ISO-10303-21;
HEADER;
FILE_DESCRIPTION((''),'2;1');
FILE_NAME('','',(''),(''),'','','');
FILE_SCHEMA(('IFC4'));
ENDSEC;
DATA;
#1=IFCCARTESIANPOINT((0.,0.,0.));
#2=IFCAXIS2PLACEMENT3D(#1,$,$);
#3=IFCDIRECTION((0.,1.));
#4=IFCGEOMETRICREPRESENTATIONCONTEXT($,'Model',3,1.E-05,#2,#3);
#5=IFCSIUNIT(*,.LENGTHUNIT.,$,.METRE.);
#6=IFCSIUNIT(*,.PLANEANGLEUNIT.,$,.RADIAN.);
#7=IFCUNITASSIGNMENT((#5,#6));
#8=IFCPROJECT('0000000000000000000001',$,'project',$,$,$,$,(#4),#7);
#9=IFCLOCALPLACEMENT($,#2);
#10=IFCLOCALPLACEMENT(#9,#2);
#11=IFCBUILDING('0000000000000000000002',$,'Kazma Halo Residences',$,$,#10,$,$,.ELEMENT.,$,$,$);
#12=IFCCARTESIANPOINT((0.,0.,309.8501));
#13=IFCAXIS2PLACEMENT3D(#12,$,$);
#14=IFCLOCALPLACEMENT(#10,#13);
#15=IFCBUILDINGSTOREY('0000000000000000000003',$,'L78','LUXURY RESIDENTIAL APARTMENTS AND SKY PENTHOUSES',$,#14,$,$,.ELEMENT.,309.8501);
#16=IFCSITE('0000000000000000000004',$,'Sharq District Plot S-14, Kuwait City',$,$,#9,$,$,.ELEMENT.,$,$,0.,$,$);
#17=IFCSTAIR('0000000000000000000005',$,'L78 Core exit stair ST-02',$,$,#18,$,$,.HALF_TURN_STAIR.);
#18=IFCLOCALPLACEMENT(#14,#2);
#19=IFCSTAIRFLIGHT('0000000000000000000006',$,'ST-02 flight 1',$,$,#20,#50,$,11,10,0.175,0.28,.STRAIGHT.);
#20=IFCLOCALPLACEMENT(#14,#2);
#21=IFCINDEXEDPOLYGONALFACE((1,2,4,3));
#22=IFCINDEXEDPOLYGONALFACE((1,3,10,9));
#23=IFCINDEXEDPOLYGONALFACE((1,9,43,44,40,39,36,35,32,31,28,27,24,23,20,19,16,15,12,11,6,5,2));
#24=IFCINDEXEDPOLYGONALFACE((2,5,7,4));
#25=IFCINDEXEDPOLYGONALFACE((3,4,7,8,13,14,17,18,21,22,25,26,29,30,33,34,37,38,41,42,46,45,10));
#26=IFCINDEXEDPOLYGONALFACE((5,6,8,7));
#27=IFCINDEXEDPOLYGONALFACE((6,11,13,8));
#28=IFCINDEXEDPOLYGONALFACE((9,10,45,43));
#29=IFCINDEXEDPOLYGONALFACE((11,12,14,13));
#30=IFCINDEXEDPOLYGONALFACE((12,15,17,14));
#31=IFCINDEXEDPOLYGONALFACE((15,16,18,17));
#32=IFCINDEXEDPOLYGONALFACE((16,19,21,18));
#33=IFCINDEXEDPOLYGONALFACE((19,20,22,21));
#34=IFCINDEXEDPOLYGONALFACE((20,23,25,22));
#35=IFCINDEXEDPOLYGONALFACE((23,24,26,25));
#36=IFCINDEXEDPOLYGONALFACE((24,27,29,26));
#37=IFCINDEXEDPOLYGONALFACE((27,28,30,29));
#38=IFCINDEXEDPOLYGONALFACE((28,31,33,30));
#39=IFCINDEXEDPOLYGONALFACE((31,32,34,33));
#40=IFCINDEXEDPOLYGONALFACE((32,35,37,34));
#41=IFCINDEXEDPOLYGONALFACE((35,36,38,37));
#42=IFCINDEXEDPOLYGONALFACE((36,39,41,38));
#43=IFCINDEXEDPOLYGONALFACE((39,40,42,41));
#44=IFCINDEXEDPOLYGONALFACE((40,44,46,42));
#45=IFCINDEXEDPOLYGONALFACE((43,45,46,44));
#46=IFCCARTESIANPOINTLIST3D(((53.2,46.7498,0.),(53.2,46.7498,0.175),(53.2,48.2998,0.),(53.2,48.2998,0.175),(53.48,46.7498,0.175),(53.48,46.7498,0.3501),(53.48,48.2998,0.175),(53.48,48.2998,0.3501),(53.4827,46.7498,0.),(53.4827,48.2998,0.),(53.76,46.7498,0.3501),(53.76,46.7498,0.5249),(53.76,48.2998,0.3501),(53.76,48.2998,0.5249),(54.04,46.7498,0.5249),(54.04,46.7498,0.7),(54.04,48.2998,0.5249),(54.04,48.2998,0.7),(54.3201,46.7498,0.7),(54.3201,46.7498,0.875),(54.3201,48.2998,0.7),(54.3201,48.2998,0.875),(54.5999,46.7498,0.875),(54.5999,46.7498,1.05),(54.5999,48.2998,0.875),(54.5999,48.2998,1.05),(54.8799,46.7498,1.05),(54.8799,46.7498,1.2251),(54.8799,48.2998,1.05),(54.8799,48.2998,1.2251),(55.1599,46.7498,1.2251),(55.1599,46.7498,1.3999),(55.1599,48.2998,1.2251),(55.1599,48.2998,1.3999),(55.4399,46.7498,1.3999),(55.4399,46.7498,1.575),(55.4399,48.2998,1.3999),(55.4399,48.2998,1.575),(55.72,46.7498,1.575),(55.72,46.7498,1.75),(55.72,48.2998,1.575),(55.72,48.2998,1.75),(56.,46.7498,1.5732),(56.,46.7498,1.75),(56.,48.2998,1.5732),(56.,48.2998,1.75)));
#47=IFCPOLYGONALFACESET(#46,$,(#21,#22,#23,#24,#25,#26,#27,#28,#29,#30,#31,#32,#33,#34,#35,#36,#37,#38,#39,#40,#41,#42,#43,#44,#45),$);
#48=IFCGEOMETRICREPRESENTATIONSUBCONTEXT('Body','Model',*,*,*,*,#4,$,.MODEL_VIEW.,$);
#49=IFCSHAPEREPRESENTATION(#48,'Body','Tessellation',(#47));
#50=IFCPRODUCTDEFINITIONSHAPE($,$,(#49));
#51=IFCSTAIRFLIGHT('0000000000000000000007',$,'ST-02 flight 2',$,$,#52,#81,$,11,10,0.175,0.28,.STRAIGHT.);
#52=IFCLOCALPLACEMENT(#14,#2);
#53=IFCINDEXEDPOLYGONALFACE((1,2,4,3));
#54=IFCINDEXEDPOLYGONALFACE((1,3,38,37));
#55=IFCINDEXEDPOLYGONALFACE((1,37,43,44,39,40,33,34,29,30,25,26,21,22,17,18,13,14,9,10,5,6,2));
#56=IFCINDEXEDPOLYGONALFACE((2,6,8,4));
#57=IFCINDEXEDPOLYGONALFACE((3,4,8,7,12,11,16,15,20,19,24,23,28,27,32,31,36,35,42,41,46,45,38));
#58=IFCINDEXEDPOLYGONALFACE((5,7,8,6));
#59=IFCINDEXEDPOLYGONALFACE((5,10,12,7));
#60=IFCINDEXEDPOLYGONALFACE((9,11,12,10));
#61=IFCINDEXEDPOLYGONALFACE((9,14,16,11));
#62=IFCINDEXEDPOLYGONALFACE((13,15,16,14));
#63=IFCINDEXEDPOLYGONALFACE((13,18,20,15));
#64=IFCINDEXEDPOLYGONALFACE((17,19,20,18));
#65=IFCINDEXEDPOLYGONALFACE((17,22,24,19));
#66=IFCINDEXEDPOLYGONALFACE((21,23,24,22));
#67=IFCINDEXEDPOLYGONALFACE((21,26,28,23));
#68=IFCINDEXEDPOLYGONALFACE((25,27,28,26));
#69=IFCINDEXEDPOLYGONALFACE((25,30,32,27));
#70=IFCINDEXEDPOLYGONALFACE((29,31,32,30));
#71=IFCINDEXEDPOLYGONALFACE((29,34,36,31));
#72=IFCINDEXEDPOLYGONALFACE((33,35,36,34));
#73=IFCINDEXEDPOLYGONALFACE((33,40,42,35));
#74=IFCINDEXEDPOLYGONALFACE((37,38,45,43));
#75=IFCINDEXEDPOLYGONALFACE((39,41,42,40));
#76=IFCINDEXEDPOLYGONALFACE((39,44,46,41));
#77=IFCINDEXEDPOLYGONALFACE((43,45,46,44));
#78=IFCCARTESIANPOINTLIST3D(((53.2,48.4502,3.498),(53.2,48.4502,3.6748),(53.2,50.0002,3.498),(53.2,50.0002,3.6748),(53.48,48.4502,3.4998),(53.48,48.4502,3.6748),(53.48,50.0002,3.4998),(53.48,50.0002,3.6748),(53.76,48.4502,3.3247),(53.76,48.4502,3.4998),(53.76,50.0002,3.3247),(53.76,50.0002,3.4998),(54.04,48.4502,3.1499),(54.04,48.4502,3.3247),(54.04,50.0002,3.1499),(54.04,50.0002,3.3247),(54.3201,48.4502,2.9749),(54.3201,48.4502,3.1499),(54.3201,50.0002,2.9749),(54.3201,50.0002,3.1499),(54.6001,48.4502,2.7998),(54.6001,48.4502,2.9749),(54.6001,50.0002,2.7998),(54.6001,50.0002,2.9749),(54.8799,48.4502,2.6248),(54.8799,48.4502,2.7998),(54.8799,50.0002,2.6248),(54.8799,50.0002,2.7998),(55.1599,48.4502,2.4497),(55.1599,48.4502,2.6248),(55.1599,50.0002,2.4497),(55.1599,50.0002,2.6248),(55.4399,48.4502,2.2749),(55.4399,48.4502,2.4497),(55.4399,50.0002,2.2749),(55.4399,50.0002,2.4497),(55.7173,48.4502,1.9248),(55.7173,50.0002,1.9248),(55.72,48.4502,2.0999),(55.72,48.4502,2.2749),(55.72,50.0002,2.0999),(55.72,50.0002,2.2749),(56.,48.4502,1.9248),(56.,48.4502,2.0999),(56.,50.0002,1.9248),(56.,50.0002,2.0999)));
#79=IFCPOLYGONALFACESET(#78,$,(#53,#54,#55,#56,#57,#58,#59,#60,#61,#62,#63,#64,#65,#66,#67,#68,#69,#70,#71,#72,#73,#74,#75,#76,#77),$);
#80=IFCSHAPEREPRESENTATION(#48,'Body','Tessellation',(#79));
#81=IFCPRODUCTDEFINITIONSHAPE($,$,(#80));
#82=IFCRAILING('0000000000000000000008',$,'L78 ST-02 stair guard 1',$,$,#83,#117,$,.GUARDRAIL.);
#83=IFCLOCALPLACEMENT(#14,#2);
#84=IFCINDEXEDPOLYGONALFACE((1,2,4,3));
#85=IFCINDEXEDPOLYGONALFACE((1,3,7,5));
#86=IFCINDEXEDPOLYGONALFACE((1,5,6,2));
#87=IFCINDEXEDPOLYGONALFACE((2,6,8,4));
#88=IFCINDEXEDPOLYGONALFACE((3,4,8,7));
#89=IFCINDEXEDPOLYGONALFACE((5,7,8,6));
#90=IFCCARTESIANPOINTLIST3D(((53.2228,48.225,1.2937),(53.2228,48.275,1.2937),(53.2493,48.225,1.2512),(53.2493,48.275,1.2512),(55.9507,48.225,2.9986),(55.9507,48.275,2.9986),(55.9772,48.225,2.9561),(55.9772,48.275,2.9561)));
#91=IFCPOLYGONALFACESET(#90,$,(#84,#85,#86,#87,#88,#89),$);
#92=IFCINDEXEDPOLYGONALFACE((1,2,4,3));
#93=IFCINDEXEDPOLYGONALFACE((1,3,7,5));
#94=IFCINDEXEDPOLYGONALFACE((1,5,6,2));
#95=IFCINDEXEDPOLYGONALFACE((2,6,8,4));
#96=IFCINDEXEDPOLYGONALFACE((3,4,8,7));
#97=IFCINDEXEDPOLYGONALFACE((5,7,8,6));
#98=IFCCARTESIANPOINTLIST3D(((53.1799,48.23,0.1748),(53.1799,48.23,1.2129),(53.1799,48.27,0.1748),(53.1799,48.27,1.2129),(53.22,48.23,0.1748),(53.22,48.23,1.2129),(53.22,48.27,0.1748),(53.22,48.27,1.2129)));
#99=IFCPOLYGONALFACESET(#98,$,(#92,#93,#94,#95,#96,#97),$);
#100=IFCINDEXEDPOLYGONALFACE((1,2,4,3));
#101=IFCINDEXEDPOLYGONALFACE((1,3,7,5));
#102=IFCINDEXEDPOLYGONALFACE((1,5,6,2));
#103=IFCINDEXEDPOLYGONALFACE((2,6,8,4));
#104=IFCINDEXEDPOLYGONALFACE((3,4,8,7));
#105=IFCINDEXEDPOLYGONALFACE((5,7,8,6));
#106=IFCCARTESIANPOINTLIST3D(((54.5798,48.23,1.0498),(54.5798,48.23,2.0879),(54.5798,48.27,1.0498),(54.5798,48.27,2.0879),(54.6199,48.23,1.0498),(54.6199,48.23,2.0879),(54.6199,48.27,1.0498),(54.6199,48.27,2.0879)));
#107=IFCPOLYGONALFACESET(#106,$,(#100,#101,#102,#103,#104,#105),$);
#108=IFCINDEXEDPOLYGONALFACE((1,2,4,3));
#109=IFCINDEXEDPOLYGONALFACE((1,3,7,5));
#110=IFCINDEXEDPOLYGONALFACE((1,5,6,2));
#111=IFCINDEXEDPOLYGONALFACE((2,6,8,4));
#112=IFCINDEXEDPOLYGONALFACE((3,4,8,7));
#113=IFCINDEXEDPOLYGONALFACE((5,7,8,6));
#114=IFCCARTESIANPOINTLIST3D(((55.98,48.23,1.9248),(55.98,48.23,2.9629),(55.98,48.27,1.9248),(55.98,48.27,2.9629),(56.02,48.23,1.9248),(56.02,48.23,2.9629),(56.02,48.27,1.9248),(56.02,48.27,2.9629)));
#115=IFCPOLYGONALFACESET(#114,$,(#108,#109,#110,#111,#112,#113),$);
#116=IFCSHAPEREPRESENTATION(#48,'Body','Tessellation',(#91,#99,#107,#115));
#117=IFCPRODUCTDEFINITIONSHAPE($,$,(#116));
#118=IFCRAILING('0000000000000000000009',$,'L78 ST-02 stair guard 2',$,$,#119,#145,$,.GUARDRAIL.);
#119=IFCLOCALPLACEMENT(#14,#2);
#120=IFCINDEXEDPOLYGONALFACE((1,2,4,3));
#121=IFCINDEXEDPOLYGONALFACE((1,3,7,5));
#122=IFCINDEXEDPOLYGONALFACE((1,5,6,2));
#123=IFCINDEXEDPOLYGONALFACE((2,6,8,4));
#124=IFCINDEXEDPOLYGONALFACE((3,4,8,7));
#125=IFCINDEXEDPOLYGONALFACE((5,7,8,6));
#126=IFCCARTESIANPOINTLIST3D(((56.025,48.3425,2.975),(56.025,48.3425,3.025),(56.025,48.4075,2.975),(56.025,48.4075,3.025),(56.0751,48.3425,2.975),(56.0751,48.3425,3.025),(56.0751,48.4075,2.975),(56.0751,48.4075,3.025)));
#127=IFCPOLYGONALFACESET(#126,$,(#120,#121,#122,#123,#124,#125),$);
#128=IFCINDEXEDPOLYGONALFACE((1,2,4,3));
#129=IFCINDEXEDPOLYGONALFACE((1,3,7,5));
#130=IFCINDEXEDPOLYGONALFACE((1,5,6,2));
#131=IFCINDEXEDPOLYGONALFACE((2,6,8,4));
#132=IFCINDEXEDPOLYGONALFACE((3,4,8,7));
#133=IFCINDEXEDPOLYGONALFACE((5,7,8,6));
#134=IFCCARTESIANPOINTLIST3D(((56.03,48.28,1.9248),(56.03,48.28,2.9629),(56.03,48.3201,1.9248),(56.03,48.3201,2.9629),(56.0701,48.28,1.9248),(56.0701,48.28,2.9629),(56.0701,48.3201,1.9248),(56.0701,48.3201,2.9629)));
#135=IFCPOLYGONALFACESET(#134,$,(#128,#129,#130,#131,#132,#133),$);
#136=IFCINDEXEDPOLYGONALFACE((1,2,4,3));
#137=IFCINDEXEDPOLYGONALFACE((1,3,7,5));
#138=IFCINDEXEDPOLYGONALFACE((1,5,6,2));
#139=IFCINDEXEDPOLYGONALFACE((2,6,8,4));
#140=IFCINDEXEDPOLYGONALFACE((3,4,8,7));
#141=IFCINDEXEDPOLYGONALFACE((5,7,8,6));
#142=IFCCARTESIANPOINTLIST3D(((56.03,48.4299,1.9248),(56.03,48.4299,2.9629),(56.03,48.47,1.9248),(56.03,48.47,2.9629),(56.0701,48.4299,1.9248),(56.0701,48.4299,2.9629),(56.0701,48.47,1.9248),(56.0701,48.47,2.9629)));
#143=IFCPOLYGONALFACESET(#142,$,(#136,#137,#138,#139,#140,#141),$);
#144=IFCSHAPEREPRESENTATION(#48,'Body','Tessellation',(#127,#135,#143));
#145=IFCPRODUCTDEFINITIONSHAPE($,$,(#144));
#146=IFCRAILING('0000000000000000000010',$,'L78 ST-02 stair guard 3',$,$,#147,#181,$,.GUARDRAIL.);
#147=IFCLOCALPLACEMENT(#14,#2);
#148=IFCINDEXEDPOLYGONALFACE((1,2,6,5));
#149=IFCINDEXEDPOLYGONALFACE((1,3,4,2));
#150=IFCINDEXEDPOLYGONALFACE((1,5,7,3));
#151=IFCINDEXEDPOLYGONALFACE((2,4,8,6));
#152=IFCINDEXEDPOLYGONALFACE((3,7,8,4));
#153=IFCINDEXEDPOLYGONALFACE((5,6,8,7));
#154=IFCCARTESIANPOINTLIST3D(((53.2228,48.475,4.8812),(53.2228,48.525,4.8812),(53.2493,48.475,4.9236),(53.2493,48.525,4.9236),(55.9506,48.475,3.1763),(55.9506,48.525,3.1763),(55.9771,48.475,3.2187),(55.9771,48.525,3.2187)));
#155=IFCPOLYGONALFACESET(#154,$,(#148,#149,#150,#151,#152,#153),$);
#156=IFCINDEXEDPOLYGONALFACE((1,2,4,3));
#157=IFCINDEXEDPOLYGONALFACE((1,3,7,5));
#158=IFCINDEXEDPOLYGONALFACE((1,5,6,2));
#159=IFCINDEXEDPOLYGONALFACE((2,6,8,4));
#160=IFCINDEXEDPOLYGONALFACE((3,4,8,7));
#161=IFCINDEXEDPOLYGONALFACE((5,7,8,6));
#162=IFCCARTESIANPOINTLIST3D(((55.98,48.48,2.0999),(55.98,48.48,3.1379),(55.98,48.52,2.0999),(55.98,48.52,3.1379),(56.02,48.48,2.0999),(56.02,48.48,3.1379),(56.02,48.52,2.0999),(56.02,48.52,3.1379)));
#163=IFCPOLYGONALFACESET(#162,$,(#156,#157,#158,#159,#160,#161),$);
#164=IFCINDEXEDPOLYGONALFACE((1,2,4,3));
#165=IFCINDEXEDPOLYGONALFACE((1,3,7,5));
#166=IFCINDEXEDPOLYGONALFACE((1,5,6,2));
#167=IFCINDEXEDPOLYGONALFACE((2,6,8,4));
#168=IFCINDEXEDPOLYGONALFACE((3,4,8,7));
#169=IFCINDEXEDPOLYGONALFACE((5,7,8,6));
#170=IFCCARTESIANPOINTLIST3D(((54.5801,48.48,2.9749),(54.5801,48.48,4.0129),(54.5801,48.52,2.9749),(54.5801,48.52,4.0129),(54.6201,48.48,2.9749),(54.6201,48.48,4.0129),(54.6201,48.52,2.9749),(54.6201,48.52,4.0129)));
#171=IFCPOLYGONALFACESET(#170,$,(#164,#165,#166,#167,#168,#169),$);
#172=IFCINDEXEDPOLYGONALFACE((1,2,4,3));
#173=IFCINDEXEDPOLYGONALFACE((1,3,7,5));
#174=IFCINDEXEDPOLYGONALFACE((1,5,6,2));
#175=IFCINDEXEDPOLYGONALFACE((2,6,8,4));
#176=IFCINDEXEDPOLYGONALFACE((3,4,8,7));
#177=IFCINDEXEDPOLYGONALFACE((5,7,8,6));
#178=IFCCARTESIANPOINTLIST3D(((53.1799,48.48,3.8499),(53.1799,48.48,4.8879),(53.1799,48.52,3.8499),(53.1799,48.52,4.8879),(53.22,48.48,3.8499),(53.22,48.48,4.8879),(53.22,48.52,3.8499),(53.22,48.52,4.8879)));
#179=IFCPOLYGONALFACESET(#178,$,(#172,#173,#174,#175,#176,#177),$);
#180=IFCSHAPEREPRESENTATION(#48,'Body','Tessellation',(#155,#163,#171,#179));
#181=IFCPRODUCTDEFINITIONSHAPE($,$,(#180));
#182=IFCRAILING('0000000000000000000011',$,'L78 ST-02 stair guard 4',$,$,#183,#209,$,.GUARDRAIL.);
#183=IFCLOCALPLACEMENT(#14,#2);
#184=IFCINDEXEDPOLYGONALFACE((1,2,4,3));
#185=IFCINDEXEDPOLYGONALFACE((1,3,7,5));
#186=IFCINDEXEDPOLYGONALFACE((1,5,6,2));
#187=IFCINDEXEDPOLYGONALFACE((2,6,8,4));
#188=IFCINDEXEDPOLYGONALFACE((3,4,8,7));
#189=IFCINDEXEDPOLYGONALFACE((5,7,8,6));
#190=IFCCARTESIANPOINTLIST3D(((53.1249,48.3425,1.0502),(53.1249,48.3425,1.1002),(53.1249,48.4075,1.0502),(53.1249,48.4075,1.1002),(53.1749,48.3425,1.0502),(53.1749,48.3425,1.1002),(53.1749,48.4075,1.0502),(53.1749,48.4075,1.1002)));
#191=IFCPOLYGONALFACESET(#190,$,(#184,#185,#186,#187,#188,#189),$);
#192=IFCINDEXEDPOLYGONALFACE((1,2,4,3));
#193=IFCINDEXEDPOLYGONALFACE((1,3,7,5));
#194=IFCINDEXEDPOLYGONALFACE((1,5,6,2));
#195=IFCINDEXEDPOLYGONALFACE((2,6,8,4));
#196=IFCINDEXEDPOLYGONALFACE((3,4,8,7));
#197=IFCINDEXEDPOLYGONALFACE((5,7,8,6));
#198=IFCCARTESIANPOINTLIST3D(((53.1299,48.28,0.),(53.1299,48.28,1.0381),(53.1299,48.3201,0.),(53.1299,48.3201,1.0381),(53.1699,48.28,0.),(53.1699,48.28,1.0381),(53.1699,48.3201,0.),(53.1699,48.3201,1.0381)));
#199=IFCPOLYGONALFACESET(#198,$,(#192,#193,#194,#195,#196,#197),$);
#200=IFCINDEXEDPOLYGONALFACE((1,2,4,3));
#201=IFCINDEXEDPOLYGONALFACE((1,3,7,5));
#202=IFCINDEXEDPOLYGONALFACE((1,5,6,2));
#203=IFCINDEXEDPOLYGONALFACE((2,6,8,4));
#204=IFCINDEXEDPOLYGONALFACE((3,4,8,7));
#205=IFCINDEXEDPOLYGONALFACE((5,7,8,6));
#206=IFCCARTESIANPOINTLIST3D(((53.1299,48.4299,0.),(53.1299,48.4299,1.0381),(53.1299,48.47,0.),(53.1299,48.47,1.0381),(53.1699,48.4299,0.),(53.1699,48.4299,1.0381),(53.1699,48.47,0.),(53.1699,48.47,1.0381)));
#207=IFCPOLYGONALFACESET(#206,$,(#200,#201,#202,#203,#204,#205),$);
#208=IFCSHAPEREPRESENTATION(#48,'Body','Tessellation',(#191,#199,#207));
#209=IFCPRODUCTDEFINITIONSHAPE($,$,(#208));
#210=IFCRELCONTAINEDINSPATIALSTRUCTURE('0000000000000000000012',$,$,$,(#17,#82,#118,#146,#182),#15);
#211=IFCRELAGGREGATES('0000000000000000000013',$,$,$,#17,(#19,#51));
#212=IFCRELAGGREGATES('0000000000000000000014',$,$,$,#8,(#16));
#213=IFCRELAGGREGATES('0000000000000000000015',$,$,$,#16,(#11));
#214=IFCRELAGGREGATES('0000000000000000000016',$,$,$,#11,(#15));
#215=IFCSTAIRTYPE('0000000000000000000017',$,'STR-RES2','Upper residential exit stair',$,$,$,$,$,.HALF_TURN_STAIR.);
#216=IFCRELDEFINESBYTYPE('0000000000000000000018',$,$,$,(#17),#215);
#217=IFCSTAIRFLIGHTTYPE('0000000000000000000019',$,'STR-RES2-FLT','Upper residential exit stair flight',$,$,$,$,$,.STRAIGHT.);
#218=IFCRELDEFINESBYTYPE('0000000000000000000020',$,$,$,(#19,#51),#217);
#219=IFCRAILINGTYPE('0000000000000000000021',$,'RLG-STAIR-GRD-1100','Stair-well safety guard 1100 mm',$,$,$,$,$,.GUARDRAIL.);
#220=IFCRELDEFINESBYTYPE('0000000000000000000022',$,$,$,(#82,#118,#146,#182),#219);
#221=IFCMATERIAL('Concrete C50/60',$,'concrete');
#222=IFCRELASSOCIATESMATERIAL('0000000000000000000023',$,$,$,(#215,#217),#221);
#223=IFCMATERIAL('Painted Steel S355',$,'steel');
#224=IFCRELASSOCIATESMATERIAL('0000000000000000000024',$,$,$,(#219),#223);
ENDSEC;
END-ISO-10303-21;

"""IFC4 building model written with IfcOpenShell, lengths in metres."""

from ifc_helpers import new_model, si_unit, direction, frame, origin, origin_2d, place, context, subcontext, project, spatial, polyline, rectangle, outline, extrude, material, type_object, element, aggregate, save


model = new_model("IFC4")

# Units and contexts
model_context = context("Model", 3, precision=1e-05, world=origin(), true_north=direction((0.0, 1.0)))
body_context = subcontext(model_context, "Body", "Model", "MODEL_VIEW")
ifc_project = project(units=[si_unit("LENGTHUNIT", "METRE"), si_unit("PLANEANGLEUNIT", "RADIAN")], contexts=[model_context])

# Site, building, storey
site_placement = place(None, origin())
site = spatial("IfcSite", under=ifc_project, at=site_placement, Name="Sharq District Plot S-14, Kuwait City", CompositionType="ELEMENT", RefElevation=0.0)
building_placement = place(site_placement, origin())
building = spatial("IfcBuilding", under=site, at=building_placement, Name="Kazma Halo Residences", CompositionType="ELEMENT")
storey_placement = place(building_placement, frame((0.0, 0.0, 309.8501)))
storey = spatial("IfcBuildingStorey", under=building, at=storey_placement, Name="L78", Description="LUXURY RESIDENTIAL APARTMENTS AND SKY PENTHOUSES", CompositionType="ELEMENT", Elevation=309.8501)

# Shared definitions
ifc_material_1 = material(Name="Concrete C50/60", Category="concrete")

# Stair, stair flights
stair_type = type_object("IfcStairType", Name="STR-RES2", Description="Upper residential exit stair", PredefinedType="HALF_TURN_STAIR", material=ifc_material_1)
stair_placement = place(storey_placement, origin())
stair = element("IfcStair", 1, at=stair_placement, inside=storey, type_object=stair_type, Name="L78 Core exit stair ST-02", PredefinedType="HALF_TURN_STAIR")
stair_flight_type = type_object("IfcStairFlightType", Name="STR-RES2-FLT", Description="Upper residential exit stair flight", PredefinedType="STRAIGHT", material=ifc_material_1)
stair_flight_1_placement = place(storey_placement, frame((53.2, 47.5249, 0.0), z_axis=(0.0, 0.0, 1.0), x_axis=(1.0, 0.0, 0.0)))
stair_flight_1 = element("IfcStairFlight", 2, at=stair_flight_1_placement, type_object=stair_flight_type, Name="ST-02 flight 1", NumberOfRisers=11, NumberOfTreads=10, PredefinedType="STRAIGHT", RiserHeight=0.175, TreadLength=0.28, context=body_context, shape_type="SweptSolid", body=[
    extrude(outline(polyline([(0.0, 0.0), (0.0, 0.175), (0.28, 0.175), (0.28, 0.3501), (0.5601, 0.3501), (0.5601, 0.5249), (0.8401, 0.5249), (0.8401, 0.7), (1.1201, 0.7), (1.1201, 0.875), (1.3999, 0.875), (1.3999, 1.05), (1.6799, 1.05), (1.6799, 1.2251), (1.96, 1.2251), (1.96, 1.3999), (2.24, 1.3999), (2.24, 1.575), (2.52, 1.575), (2.52, 1.75), (2.8, 1.75), (2.8, 1.925), (2.8, 1.5732), (0.2827, 0.0), (0.0, 0.0)])), frame((0.0, 0.7749, 0.0), z_axis=(0.0, -1.0, 0.0), x_axis=(1.0, 0.0, 0.0)), (0.0, 0.0, 1.0), 1.55),
])
stair_flight_2_placement = place(storey_placement, frame((56.0, 49.2251, 1.9248), z_axis=(0.0, 0.0, 1.0), x_axis=(-1.0, 0.0, 0.0)))
stair_flight_2 = element("IfcStairFlight", 3, at=stair_flight_2_placement, type_object=stair_flight_type, Name="ST-02 flight 2", NumberOfRisers=11, NumberOfTreads=10, PredefinedType="STRAIGHT", RiserHeight=0.175, TreadLength=0.28, context=body_context, shape_type="SweptSolid", body=[
    extrude(outline(polyline([(0.0, 0.0), (0.0, 0.175), (0.28, 0.175), (0.28, 0.3501), (0.5601, 0.3501), (0.5601, 0.5249), (0.8401, 0.5249), (0.8401, 0.7), (1.1201, 0.7), (1.1201, 0.875), (1.3999, 0.875), (1.3999, 1.05), (1.6799, 1.05), (1.6799, 1.2251), (1.96, 1.2251), (1.96, 1.3999), (2.24, 1.3999), (2.24, 1.575), (2.52, 1.575), (2.52, 1.75), (2.8, 1.75), (2.8, 1.925), (2.8, 1.5732), (0.2827, 0.0), (0.0, 0.0)])), frame((0.0, 0.7749, 0.0), z_axis=(0.0, -1.0, 0.0), x_axis=(1.0, 0.0, 0.0)), (0.0, 0.0, 1.0), 1.55),
])
aggregate(stair, [stair_flight_1, stair_flight_2])

# Railings
ifc_material_2 = material(Name="Painted Steel S355", Category="steel")
railing_type_1 = type_object("IfcRailingType", Name="RLG-STAIR-GRD-1100", Description="Stair-well safety guard 1100 mm", PredefinedType="GUARDRAIL", material=ifc_material_2)
railing_1_placement = place(storey_placement, frame((53.2, 48.25, 0.1748)))
element("IfcRailing", 4, at=railing_1_placement, inside=storey, type_object=railing_type_1, Name="L78 ST-02 stair guard 1", PredefinedType="GUARDRAIL", context=body_context, shape_type="SweptSolid", body=[
    extrude(rectangle(XDim=0.05, YDim=0.05, at=origin_2d()), frame((0.0361, 0.0, 1.0977), z_axis=(0.848002, 0.0, 0.529992), x_axis=(0.0, 1.0, 0.0)), (0.0, 0.0, 1.0), 3.2168),
    extrude(rectangle(XDim=0.04, YDim=0.04, at=origin_2d()), origin(), (0.0, 0.0, 1.0), 1.0381),
    extrude(rectangle(XDim=0.04, YDim=0.04, at=origin_2d()), frame((1.3999, 0.0, 0.875)), (0.0, 0.0, 1.0), 1.0381),
    extrude(rectangle(XDim=0.04, YDim=0.04, at=origin_2d()), frame((2.8, 0.0, 1.75)), (0.0, 0.0, 1.0), 1.0381),
])
railing_2_placement = place(storey_placement, frame((56.05, 48.3, 1.9248)))
element("IfcRailing", 5, at=railing_2_placement, inside=storey, type_object=railing_type_1, Name="L78 ST-02 stair guard 2", PredefinedType="GUARDRAIL", context=body_context, shape_type="SweptSolid", body=[
    extrude(rectangle(XDim=0.05, YDim=0.05, at=origin_2d()), frame((0.0, 0.0425, 1.0752), z_axis=(0.0, 1.0, 0.0), x_axis=(-1.0, 0.0, 0.0)), (0.0, 0.0, 1.0), 0.0649),
    extrude(rectangle(XDim=0.04, YDim=0.04, at=origin_2d()), origin(), (0.0, 0.0, 1.0), 1.0381),
    extrude(rectangle(XDim=0.04, YDim=0.04, at=origin_2d()), frame((0.0, 0.1499, 0.0)), (0.0, 0.0, 1.0), 1.0381),
])
railing_3_placement = place(storey_placement, frame((56.0, 48.5, 2.0999)))
element("IfcRailing", 6, at=railing_3_placement, inside=storey, type_object=railing_type_1, Name="L78 ST-02 stair guard 3", PredefinedType="GUARDRAIL", context=body_context, shape_type="SweptSolid", body=[
    extrude(rectangle(XDim=0.05, YDim=0.05, at=origin_2d()), frame((-0.0361, 0.0, 1.0977), z_axis=(-0.848002, 0.0, 0.529992), x_axis=(0.0, -1.0, 0.0)), (0.0, 0.0, 1.0), 3.2168),
    extrude(rectangle(XDim=0.04, YDim=0.04, at=origin_2d()), origin(), (0.0, 0.0, 1.0), 1.0381),
    extrude(rectangle(XDim=0.04, YDim=0.04, at=origin_2d()), frame((-1.3999, 0.0, 0.875)), (0.0, 0.0, 1.0), 1.0381),
    extrude(rectangle(XDim=0.04, YDim=0.04, at=origin_2d()), frame((-2.8, 0.0, 1.75)), (0.0, 0.0, 1.0), 1.0381),
])
railing_4_placement = place(storey_placement, frame((53.1499, 48.3, 0.0)))
element("IfcRailing", 7, at=railing_4_placement, inside=storey, type_object=railing_type_1, Name="L78 ST-02 stair guard 4", PredefinedType="GUARDRAIL", context=body_context, shape_type="SweptSolid", body=[
    extrude(rectangle(XDim=0.05, YDim=0.05, at=origin_2d()), frame((0.0, 0.0425, 1.0752), z_axis=(0.0, 1.0, 0.0), x_axis=(-1.0, 0.0, 0.0)), (0.0, 0.0, 1.0), 0.0649),
    extrude(rectangle(XDim=0.04, YDim=0.04, at=origin_2d()), origin(), (0.0, 0.0, 1.0), 1.0381),
    extrude(rectangle(XDim=0.04, YDim=0.04, at=origin_2d()), frame((0.0, 0.1499, 0.0)), (0.0, 0.0, 1.0), 1.0381),
])

save(model, "model.ifc")
